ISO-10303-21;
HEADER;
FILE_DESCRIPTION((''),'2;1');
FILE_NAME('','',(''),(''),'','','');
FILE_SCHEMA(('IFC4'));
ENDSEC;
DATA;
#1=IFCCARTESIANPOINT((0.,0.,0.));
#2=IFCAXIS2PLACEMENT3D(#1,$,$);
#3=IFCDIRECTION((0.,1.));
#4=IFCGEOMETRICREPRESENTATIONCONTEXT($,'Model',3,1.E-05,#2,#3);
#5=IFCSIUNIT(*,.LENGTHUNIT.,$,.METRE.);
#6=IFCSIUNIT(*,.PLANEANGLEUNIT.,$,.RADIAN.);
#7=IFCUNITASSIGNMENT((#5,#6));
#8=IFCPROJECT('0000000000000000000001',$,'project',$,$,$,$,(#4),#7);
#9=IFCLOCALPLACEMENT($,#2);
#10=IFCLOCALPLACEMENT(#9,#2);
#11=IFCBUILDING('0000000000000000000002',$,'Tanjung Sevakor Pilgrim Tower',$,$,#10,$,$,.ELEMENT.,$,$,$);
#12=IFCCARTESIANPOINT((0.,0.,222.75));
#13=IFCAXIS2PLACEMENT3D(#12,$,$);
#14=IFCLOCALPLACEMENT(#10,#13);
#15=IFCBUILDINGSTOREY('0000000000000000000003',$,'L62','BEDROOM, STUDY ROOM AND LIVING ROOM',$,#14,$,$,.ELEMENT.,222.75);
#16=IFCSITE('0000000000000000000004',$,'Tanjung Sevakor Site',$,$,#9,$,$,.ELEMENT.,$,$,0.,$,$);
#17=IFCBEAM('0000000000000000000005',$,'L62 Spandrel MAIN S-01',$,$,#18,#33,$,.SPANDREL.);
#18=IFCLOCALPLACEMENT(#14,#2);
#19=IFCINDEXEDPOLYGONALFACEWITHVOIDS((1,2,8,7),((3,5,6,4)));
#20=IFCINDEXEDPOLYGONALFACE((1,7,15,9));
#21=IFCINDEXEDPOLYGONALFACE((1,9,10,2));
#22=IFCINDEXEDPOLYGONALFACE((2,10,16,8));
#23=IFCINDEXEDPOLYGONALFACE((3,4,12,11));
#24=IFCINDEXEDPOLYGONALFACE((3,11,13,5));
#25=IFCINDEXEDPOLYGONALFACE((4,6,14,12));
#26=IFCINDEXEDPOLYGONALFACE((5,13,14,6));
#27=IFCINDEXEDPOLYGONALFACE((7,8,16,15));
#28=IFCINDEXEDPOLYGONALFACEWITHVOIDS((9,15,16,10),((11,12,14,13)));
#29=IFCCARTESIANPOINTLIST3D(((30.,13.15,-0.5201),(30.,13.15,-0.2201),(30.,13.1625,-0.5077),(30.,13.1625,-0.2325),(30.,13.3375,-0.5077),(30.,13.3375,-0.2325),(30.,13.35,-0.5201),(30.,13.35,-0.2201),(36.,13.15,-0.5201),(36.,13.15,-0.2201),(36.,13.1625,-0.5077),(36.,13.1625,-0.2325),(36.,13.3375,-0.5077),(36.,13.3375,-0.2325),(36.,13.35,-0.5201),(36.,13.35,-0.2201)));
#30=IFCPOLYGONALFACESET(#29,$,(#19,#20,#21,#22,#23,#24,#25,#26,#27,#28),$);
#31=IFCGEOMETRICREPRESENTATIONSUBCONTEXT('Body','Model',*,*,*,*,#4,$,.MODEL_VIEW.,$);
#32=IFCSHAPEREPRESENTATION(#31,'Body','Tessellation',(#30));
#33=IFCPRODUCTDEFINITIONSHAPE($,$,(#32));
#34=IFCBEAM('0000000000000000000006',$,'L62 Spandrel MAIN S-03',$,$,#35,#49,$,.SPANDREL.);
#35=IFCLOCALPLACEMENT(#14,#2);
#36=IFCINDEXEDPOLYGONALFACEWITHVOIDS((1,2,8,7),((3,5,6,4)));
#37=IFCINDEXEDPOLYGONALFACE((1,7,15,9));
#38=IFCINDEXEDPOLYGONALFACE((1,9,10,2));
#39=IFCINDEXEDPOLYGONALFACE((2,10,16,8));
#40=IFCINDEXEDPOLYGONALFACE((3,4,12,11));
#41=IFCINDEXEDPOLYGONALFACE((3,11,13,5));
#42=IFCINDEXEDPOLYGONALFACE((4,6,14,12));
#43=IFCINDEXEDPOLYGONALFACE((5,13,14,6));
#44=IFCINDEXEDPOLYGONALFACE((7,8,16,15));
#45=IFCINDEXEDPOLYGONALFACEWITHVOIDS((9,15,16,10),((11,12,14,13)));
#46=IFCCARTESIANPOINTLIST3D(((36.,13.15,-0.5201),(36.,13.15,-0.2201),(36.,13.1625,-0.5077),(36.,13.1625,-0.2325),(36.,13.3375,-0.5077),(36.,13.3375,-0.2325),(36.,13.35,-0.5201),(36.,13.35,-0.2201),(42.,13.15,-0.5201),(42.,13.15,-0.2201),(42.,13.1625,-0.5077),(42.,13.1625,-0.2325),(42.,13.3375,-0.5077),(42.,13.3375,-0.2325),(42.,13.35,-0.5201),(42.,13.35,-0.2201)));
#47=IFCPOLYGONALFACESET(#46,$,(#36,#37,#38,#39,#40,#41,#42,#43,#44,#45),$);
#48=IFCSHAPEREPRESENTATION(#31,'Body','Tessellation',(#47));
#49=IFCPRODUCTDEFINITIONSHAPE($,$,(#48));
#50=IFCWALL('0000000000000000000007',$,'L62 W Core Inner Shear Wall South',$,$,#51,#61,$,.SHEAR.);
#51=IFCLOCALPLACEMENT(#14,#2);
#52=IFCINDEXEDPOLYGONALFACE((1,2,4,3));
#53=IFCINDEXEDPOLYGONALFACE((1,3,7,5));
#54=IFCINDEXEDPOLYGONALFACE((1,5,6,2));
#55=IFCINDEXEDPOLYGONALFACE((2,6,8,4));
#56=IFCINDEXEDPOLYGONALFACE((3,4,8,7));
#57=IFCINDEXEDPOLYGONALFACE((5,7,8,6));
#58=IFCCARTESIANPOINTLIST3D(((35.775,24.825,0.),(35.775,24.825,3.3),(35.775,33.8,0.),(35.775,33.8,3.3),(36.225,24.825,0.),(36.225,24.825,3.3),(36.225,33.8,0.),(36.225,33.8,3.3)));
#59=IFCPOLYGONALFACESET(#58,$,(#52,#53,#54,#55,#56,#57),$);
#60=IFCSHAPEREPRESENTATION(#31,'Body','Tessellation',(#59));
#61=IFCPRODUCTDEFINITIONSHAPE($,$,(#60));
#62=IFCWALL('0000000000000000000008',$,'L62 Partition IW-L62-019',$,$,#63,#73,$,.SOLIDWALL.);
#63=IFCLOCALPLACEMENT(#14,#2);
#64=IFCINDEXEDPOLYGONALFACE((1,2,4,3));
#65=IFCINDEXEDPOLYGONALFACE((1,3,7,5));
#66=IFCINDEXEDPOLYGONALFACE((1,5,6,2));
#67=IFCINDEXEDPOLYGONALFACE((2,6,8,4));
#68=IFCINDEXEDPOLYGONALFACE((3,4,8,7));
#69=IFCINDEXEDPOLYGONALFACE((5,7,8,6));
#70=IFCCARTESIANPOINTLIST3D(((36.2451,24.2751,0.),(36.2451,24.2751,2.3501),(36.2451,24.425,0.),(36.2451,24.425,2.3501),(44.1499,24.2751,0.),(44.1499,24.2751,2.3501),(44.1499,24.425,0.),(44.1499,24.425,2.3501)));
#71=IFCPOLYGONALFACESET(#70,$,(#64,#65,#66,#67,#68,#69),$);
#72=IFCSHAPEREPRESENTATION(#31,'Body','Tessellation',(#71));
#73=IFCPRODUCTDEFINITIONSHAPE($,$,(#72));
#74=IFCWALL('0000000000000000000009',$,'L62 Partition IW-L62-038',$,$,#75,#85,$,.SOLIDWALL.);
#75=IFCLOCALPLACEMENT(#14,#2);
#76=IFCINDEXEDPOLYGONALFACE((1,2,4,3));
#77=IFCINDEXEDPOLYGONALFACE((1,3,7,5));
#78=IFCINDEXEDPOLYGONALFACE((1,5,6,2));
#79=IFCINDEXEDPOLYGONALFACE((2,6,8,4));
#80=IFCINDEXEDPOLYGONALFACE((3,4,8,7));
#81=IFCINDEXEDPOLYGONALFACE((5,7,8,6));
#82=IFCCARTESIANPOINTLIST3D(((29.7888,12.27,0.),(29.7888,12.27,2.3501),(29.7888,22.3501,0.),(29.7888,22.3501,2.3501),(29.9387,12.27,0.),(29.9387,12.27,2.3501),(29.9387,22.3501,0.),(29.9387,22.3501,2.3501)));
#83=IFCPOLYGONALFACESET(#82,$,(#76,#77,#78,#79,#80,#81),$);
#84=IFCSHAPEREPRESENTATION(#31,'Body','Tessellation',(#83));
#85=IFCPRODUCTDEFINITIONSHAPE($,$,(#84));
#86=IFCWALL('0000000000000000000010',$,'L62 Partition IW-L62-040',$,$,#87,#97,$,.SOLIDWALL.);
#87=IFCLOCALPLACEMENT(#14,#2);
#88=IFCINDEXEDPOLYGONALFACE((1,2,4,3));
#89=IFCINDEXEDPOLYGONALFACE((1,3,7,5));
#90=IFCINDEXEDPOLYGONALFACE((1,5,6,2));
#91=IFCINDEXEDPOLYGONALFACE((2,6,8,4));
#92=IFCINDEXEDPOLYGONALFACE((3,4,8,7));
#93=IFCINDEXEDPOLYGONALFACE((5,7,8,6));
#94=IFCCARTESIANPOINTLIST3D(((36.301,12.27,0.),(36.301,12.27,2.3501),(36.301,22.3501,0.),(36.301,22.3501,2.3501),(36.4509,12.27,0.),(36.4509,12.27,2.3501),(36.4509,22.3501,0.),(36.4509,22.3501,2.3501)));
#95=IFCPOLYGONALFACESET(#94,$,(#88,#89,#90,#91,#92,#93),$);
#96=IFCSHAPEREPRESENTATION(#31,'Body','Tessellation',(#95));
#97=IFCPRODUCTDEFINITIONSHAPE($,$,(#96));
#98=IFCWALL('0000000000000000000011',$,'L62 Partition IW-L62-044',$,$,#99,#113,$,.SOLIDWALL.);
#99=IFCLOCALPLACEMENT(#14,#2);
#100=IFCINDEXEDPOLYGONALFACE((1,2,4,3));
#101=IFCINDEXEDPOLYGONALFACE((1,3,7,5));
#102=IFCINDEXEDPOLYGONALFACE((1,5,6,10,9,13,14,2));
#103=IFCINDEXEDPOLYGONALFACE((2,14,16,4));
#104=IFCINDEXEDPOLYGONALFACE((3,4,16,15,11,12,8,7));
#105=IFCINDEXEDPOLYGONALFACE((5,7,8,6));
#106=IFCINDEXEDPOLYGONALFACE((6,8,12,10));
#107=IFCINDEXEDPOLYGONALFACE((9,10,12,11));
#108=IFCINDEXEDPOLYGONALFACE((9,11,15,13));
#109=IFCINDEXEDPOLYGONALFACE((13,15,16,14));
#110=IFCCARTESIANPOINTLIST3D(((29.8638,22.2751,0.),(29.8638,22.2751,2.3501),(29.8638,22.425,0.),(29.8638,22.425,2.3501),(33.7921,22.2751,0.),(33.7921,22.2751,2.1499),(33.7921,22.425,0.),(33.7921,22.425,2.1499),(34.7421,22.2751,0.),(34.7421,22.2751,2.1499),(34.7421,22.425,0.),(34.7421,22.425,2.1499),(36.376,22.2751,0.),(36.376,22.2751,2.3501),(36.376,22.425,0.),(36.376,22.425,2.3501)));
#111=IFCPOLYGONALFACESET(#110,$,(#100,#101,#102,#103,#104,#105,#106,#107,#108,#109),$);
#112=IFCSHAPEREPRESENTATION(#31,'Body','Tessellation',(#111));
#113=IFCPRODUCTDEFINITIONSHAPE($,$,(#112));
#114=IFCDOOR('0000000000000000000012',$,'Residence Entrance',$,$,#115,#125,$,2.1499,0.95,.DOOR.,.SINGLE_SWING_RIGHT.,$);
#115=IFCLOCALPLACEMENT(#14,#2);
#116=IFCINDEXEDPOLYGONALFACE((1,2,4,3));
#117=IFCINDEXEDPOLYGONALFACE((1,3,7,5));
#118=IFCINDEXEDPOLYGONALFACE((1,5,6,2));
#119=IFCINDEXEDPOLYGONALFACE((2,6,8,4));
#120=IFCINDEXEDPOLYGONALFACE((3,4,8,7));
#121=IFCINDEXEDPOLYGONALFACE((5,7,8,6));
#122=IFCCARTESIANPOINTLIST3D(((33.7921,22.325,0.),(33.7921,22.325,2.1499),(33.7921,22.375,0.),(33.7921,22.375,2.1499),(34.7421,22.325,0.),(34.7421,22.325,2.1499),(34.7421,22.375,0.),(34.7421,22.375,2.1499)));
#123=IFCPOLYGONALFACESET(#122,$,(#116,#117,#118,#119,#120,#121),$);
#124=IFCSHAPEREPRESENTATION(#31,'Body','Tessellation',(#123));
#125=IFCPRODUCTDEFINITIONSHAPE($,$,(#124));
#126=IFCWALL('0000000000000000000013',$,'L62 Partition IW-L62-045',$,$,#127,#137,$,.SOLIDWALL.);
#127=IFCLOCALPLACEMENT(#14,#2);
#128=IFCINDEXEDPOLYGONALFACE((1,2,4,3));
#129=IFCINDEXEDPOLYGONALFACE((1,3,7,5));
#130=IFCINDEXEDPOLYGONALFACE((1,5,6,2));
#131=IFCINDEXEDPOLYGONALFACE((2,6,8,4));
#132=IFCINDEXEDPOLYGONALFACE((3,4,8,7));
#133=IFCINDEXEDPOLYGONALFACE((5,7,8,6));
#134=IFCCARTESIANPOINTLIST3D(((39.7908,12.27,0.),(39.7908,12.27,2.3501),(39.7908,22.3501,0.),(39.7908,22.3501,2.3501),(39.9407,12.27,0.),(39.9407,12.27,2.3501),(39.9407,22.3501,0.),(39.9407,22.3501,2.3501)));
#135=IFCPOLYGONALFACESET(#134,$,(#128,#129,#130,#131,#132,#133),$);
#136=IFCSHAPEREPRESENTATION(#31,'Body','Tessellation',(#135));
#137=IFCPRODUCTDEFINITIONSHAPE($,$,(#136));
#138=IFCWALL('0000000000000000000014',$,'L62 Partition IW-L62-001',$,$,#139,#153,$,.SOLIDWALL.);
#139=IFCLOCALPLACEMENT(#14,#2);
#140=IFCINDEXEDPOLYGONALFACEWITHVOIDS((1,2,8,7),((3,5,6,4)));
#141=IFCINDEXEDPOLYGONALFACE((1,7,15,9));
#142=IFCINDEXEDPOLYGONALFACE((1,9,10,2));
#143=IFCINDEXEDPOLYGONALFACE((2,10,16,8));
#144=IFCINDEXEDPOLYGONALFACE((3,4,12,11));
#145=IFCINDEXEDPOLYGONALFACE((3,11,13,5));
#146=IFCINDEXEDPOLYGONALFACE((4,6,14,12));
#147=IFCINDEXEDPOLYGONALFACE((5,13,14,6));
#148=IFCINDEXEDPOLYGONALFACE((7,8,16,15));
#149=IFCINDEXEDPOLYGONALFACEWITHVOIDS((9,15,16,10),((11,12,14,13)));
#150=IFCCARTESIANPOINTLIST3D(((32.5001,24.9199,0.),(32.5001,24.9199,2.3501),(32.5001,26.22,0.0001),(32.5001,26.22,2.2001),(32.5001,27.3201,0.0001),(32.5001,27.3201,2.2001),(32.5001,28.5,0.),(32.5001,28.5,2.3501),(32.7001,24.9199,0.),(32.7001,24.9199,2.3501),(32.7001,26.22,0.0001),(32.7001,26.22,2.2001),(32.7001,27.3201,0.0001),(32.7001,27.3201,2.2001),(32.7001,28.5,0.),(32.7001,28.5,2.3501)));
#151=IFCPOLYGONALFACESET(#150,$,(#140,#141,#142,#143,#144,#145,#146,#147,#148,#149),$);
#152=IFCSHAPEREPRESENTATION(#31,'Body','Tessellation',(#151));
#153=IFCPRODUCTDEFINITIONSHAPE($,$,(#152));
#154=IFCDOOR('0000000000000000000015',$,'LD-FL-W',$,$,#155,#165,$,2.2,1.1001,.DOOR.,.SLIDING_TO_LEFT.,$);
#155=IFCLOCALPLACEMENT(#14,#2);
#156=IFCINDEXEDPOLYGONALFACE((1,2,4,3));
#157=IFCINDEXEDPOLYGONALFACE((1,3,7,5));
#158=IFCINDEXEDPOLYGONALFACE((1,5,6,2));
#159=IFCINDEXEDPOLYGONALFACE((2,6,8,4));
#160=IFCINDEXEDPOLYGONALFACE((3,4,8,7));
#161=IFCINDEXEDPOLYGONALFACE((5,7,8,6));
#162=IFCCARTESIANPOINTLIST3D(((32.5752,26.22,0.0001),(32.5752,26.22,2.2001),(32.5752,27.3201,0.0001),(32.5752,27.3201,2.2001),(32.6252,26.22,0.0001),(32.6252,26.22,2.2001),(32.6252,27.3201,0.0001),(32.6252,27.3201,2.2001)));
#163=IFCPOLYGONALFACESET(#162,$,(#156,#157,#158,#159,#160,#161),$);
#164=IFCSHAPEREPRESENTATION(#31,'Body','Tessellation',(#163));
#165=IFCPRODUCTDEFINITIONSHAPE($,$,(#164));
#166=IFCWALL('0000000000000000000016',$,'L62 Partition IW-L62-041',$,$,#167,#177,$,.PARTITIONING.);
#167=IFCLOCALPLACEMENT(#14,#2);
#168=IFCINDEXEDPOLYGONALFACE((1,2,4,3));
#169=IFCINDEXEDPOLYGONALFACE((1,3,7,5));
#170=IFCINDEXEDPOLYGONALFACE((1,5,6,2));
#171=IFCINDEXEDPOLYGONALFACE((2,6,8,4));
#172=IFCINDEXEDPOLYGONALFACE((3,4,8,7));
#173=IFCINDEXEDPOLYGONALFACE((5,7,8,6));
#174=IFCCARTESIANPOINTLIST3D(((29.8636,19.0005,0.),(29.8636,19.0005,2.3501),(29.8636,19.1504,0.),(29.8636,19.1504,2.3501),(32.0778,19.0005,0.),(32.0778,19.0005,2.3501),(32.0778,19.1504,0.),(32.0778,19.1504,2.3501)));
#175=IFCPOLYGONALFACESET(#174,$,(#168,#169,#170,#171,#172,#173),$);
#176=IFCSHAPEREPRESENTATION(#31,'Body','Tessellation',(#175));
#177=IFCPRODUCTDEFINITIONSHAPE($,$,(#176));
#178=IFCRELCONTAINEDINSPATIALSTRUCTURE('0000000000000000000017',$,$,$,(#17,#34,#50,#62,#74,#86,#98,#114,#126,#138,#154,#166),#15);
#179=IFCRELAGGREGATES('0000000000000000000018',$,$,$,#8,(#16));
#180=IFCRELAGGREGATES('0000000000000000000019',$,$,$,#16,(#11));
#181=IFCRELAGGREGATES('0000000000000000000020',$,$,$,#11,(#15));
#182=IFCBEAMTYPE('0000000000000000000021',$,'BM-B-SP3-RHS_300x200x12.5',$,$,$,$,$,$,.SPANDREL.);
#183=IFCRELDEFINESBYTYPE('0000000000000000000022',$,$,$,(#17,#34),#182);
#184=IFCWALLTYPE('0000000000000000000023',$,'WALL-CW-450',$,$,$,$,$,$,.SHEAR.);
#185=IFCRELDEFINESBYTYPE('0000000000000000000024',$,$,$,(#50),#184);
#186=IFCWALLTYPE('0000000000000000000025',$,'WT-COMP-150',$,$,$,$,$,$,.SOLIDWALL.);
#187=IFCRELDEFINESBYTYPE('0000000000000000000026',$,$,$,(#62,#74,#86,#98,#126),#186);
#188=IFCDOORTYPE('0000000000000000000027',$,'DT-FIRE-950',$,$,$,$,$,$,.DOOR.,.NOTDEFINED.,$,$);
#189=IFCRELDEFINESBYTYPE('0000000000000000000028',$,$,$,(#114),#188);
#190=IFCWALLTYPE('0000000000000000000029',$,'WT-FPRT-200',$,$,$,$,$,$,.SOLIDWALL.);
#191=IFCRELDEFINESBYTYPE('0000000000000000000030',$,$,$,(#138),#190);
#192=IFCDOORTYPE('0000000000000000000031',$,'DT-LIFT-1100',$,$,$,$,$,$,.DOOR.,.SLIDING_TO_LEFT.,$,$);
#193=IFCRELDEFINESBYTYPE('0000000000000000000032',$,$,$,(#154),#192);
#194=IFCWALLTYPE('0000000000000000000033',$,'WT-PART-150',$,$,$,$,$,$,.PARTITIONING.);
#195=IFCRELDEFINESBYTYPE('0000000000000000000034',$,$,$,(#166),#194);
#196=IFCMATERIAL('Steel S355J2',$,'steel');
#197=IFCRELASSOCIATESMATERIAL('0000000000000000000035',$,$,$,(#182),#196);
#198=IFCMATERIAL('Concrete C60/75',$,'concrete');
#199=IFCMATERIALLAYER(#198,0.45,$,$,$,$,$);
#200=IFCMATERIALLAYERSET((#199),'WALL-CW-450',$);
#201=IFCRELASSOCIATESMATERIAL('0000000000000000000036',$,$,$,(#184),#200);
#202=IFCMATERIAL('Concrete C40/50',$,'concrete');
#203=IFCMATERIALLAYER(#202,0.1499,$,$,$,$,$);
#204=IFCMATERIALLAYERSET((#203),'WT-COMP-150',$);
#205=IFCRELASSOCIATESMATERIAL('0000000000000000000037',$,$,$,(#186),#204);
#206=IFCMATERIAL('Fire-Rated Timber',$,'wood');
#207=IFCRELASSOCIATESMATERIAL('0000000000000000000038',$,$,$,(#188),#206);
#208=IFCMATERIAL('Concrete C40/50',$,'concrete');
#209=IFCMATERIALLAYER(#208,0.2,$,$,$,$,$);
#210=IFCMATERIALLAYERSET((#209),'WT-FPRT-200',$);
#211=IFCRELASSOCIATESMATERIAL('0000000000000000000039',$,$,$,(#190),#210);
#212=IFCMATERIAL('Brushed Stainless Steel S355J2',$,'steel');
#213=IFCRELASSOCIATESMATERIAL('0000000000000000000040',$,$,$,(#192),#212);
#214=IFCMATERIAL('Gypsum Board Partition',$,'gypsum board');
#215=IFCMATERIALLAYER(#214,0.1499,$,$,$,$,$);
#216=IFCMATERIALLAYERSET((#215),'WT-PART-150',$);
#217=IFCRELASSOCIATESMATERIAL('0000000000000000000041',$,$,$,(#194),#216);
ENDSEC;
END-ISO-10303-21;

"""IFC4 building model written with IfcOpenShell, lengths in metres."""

from ifc_helpers import new_model, si_unit, direction, frame, frame_2d, origin, origin_2d, place, context, subcontext, project, spatial, rectangle, hollow_rectangle, extrude, material, layer, layer_set, material_profile, profile_set, type_object, element, fill, save


model = new_model("IFC4")

# Units and contexts
model_context = context("Model", 3, precision=1e-05, world=origin(), true_north=direction((0.0, 1.0)))
body_context = subcontext(model_context, "Body", "Model", "MODEL_VIEW")
ifc_project = project(units=[si_unit("LENGTHUNIT", "METRE"), si_unit("PLANEANGLEUNIT", "RADIAN")], contexts=[model_context])

# Site, building, storey
site_placement = place(None, origin())
site = spatial("IfcSite", under=ifc_project, at=site_placement, Name="Tanjung Sevakor Site", CompositionType="ELEMENT", RefElevation=0.0)
building_placement = place(site_placement, origin())
building = spatial("IfcBuilding", under=site, at=building_placement, Name="Tanjung Sevakor Pilgrim Tower", CompositionType="ELEMENT")
storey_placement = place(building_placement, frame((0.0, 0.0, 222.75)))
storey = spatial("IfcBuildingStorey", under=building, at=storey_placement, Name="L62", Description="BEDROOM, STUDY ROOM AND LIVING ROOM", CompositionType="ELEMENT", Elevation=222.75)

# Beams
ifc_material_1 = material(Name="Steel S355J2", Category="steel")
ifc_material_profile_1 = material_profile(ifc_material_1, hollow_rectangle(XDim=0.2, YDim=0.3, WallThickness=0.0125, at=origin_2d()))
ifc_profile_set_1 = profile_set([ifc_material_profile_1], Name="Steel S355J2")
beam_type_1 = type_object("IfcBeamType", Name="BM-B-SP3-RHS_300x200x12.5", PredefinedType="SPANDREL", material=ifc_profile_set_1)
for number, where, z_axis, x_axis, name in (
    (1, (30.0, 13.25, -0.3701), (1.0, 0.0, 0.0), (0.0, 1.0, 0.0), "L62 Spandrel MAIN S-01"),
    (2, (36.0, 13.25, -0.3701), (1.0, 0.0, 0.0), (0.0, 1.0, 0.0), "L62 Spandrel MAIN S-03"),
):
    element("IfcBeam", number, at=place(storey_placement, frame(where, z_axis=z_axis, x_axis=x_axis)), inside=storey, type_object=beam_type_1, Name=name, PredefinedType="SPANDREL", context=body_context, shape_type="SweptSolid", body=[
        extrude(hollow_rectangle(XDim=0.2, YDim=0.3, WallThickness=0.0125, at=origin_2d()), origin(), (0.0, 0.0, 1.0), 6.0),
    ])

# Walls
ifc_material_2 = material(Name="Concrete C60/75", Category="concrete")
ifc_layer_1 = layer(ifc_material_2, 0.45)
ifc_layer_set_1 = layer_set([ifc_layer_1], Name="WALL-CW-450")
wall_type_1 = type_object("IfcWallType", Name="WALL-CW-450", PredefinedType="SHEAR", material=ifc_layer_set_1)
wall_1_placement = place(storey_placement, frame((36.0, 24.825, 0.0), z_axis=(0.0, 0.0, 1.0), x_axis=(0.0, 1.0, 0.0)))
element("IfcWall", 3, at=wall_1_placement, inside=storey, type_object=wall_type_1, Name="L62 W Core Inner Shear Wall South", PredefinedType="SHEAR", context=body_context, shape_type="SweptSolid", body=[
    extrude(rectangle(XDim=8.9751, YDim=0.45, at=frame_2d((4.4875, 0.0))), origin(), (0.0, 0.0, 1.0), 3.3),
])
ifc_material_3 = material(Name="Concrete C40/50", Category="concrete")
ifc_layer_2 = layer(ifc_material_3, 0.1499)
ifc_layer_set_2 = layer_set([ifc_layer_2], Name="WT-COMP-150")
wall_type_2 = type_object("IfcWallType", Name="WT-COMP-150", PredefinedType="SOLIDWALL", material=ifc_layer_set_2)
wall_2_placement = place(storey_placement, frame((36.2451, 24.3501, 0.0), z_axis=(0.0, 0.0, 1.0), x_axis=(1.0, 0.0, 0.0)))
element("IfcWall", 4, at=wall_2_placement, inside=storey, type_object=wall_type_2, Name="L62 Partition IW-L62-019", PredefinedType="SOLIDWALL", context=body_context, shape_type="SweptSolid", body=[
    extrude(rectangle(XDim=7.9048, YDim=0.1499, at=frame_2d((3.9524, 0.0))), origin(), (0.0, 0.0, 1.0), 2.3501),
])
for number, where, z_axis, x_axis, name in (
    (5, (29.8638, 12.27, 0.0), (0.0, 0.0, 1.0), (0.0, 1.0, 0.0), "L62 Partition IW-L62-038"),
    (6, (36.376, 12.27, 0.0), (0.0, 0.0, 1.0), (0.0, 1.0, 0.0), "L62 Partition IW-L62-040"),
):
    element("IfcWall", number, at=place(storey_placement, frame(where, z_axis=z_axis, x_axis=x_axis)), inside=storey, type_object=wall_type_2, Name=name, PredefinedType="SOLIDWALL", context=body_context, shape_type="SweptSolid", body=[
        extrude(rectangle(XDim=10.0801, YDim=0.1499, at=frame_2d((5.04, 0.0))), origin(), (0.0, 0.0, 1.0), 2.3501),
    ])

# Wall, opening, door
wall_3_placement = place(storey_placement, frame((29.8638, 22.3501, 0.0), z_axis=(0.0, 0.0, 1.0), x_axis=(1.0, 0.0, 0.0)))
wall_3 = element("IfcWall", 7, at=wall_3_placement, inside=storey, type_object=wall_type_2, Name="L62 Partition IW-L62-044", PredefinedType="SOLIDWALL", context=body_context, shape_type="SweptSolid", body=[
    extrude(rectangle(XDim=6.5122, YDim=0.1499, at=frame_2d((3.2561, 0.0))), origin(), (0.0, 0.0, 1.0), 2.3501),
])
opening_1_placement = place(wall_3_placement, frame((3.9282, 0.0, 0.0)))
opening_1 = element("IfcOpeningElement", 8, at=opening_1_placement, cuts=wall_3, PredefinedType="OPENING", context=body_context, shape_type="SweptSolid", body=[
    extrude(rectangle(XDim=0.95, YDim=2.1499, at=frame_2d((0.4751, 1.075))), frame((0.0, 0.085, 0.0), z_axis=(0.0, -1.0, 0.0), x_axis=(1.0, 0.0, 0.0)), (0.0, 0.0, 1.0), 0.1699),
])
ifc_material_4 = material(Name="Fire-Rated Timber", Category="wood")
door_type_1 = type_object("IfcDoorType", Name="DT-FIRE-950", OperationType="NOTDEFINED", PredefinedType="DOOR", material=ifc_material_4)
door_1_placement = place(opening_1_placement, origin())
door_1 = element("IfcDoor", 9, at=door_1_placement, inside=storey, type_object=door_type_1, Name="Residence Entrance", OperationType="SINGLE_SWING_RIGHT", OverallHeight=2.1499, OverallWidth=0.95, PredefinedType="DOOR", context=body_context, shape_type="SweptSolid", body=[
    extrude(rectangle(XDim=0.95, YDim=2.1499, at=frame_2d((0.4751, 1.075))), frame((0.0, 0.0249, 0.0), z_axis=(0.0, -1.0, 0.0), x_axis=(1.0, 0.0, 0.0)), (0.0, 0.0, 1.0), 0.05),
])
fill(opening_1, door_1)

# Wall
wall_4_placement = place(storey_placement, frame((39.8657, 12.27, 0.0), z_axis=(0.0, 0.0, 1.0), x_axis=(0.0, 1.0, 0.0)))
element("IfcWall", 10, at=wall_4_placement, inside=storey, type_object=wall_type_2, Name="L62 Partition IW-L62-045", PredefinedType="SOLIDWALL", context=body_context, shape_type="SweptSolid", body=[
    extrude(rectangle(XDim=10.0801, YDim=0.1499, at=frame_2d((5.04, 0.0))), origin(), (0.0, 0.0, 1.0), 2.3501),
])

# Wall, opening, door
ifc_material_5 = material(Name="Concrete C40/50", Category="concrete")
ifc_layer_3 = layer(ifc_material_5, 0.2)
ifc_layer_set_3 = layer_set([ifc_layer_3], Name="WT-FPRT-200")
wall_type_3 = type_object("IfcWallType", Name="WT-FPRT-200", PredefinedType="SOLIDWALL", material=ifc_layer_set_3)
wall_5_placement = place(storey_placement, frame((32.6001, 24.9199, 0.0), z_axis=(0.0, 0.0, 1.0), x_axis=(0.0, 1.0, 0.0)))
wall_5 = element("IfcWall", 11, at=wall_5_placement, inside=storey, type_object=wall_type_3, Name="L62 Partition IW-L62-001", PredefinedType="SOLIDWALL", context=body_context, shape_type="SweptSolid", body=[
    extrude(rectangle(XDim=3.5801, YDim=0.2, at=frame_2d((1.79, 0.0))), origin(), (0.0, 0.0, 1.0), 2.3501),
])
opening_2_placement = place(wall_5_placement, frame((1.3, 0.0, 0.0)))
opening_2 = element("IfcOpeningElement", 12, at=opening_2_placement, cuts=wall_5, PredefinedType="OPENING", context=body_context, shape_type="SweptSolid", body=[
    extrude(rectangle(XDim=1.1001, YDim=2.2, at=frame_2d((0.55, 1.1001))), frame((0.0, 0.1099, 0.0), z_axis=(0.0, -1.0, 0.0), x_axis=(1.0, 0.0, 0.0)), (0.0, 0.0, 1.0), 0.22),
])
ifc_material_6 = material(Name="Brushed Stainless Steel S355J2", Category="steel")
door_type_2 = type_object("IfcDoorType", Name="DT-LIFT-1100", OperationType="SLIDING_TO_LEFT", PredefinedType="DOOR", material=ifc_material_6)
door_2_placement = place(opening_2_placement, origin())
door_2 = element("IfcDoor", 13, at=door_2_placement, inside=storey, type_object=door_type_2, Name="LD-FL-W", OperationType="SLIDING_TO_LEFT", OverallHeight=2.2, OverallWidth=1.1001, PredefinedType="DOOR", context=body_context, shape_type="SweptSolid", body=[
    extrude(rectangle(XDim=1.1001, YDim=2.2, at=frame_2d((0.55, 1.1001))), frame((0.0, 0.0249, 0.0), z_axis=(0.0, -1.0, 0.0), x_axis=(1.0, 0.0, 0.0)), (0.0, 0.0, 1.0), 0.05),
])
fill(opening_2, door_2)

# Wall
ifc_material_7 = material(Name="Gypsum Board Partition", Category="gypsum board")
ifc_layer_4 = layer(ifc_material_7, 0.1499)
ifc_layer_set_4 = layer_set([ifc_layer_4], Name="WT-PART-150")
wall_type_4 = type_object("IfcWallType", Name="WT-PART-150", PredefinedType="PARTITIONING", material=ifc_layer_set_4)
wall_6_placement = place(storey_placement, frame((29.8638, 19.0754, 0.0), z_axis=(0.0, 0.0, 1.0), x_axis=(1.0, 0.0, 0.0)))
element("IfcWall", 14, at=wall_6_placement, inside=storey, type_object=wall_type_4, Name="L62 Partition IW-L62-041", PredefinedType="PARTITIONING", context=body_context, shape_type="SweptSolid", body=[
    extrude(rectangle(XDim=2.2141, YDim=0.1499, at=frame_2d((1.1069, 0.0))), origin(), (0.0, 0.0, 1.0), 2.3501),
])

save(model, "model.ifc")
